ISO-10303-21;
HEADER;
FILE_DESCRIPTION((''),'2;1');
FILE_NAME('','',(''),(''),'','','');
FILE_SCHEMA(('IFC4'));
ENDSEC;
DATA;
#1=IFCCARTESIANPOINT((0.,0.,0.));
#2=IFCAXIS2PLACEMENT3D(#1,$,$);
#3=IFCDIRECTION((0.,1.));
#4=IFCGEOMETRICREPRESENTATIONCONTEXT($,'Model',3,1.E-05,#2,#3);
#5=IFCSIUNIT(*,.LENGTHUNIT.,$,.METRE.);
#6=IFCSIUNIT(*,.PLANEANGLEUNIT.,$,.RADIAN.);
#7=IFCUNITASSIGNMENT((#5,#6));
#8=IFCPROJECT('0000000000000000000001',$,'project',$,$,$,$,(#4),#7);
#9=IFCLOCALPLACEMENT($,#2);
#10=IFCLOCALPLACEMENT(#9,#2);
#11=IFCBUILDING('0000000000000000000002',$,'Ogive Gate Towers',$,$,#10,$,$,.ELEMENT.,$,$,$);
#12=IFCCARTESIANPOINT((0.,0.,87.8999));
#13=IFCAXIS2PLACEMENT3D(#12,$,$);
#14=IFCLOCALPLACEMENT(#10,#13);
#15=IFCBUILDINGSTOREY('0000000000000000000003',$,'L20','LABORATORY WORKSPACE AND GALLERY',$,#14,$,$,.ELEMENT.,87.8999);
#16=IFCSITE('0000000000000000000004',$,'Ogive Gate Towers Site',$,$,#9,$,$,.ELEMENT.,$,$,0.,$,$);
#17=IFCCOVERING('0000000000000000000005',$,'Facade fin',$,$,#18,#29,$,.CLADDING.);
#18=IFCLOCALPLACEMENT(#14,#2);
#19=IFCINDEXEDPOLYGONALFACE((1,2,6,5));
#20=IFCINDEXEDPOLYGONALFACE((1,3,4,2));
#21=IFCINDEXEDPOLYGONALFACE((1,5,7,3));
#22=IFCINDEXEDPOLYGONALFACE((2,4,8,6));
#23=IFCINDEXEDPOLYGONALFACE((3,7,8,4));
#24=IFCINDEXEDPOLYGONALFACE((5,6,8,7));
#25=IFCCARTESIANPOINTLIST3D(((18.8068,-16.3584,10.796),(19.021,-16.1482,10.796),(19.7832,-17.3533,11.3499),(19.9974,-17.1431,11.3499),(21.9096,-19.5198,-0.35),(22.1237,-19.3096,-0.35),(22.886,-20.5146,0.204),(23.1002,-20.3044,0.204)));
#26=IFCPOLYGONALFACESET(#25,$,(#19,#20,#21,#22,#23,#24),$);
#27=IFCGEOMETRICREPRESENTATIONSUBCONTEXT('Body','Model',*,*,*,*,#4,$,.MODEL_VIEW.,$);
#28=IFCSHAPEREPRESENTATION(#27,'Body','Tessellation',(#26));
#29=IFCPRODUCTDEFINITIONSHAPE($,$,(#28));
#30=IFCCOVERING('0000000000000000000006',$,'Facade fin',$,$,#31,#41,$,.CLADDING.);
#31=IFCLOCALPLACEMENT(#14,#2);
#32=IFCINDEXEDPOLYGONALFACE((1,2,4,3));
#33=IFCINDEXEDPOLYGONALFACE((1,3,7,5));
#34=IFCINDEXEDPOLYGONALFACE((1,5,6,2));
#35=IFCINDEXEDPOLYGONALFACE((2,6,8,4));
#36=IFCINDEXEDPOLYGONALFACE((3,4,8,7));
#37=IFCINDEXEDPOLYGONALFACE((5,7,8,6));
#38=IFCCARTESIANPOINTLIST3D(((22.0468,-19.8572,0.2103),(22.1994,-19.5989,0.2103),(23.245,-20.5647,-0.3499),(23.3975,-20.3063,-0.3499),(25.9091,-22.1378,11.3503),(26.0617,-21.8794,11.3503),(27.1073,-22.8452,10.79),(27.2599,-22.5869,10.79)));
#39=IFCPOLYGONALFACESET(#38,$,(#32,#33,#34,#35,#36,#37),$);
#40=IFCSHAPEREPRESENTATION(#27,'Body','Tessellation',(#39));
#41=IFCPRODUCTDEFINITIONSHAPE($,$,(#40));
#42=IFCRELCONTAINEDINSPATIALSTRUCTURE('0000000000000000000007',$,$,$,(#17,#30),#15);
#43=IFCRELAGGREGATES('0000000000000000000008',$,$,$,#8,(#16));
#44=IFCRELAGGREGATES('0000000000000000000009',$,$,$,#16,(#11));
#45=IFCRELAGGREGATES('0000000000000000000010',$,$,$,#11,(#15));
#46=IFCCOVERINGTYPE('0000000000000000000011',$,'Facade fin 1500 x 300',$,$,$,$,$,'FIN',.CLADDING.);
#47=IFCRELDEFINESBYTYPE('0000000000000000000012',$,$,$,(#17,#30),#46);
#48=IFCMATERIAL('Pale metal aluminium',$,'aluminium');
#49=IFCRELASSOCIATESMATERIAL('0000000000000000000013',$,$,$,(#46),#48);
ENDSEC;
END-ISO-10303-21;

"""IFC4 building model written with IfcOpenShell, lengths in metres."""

from ifc_helpers import new_model, si_unit, direction, frame, origin, origin_2d, place, context, subcontext, project, spatial, rectangle, extrude, material, material_profile, profile_set, type_object, element, save


model = new_model("IFC4")

# Units and contexts
model_context = context("Model", 3, precision=1e-05, world=origin(), true_north=direction((0.0, 1.0)))
body_context = subcontext(model_context, "Body", "Model", "MODEL_VIEW")
ifc_project = project(units=[si_unit("LENGTHUNIT", "METRE"), si_unit("PLANEANGLEUNIT", "RADIAN")], contexts=[model_context])

# Site, building, storey
site_placement = place(None, origin())
site = spatial("IfcSite", under=ifc_project, at=site_placement, Name="Ogive Gate Towers Site", CompositionType="ELEMENT", RefElevation=0.0)
building_placement = place(site_placement, origin())
building = spatial("IfcBuilding", under=site, at=building_placement, Name="Ogive Gate Towers", CompositionType="ELEMENT")
storey_placement = place(building_placement, frame((0.0, 0.0, 87.8999)))
storey = spatial("IfcBuildingStorey", under=building, at=storey_placement, Name="L20", Description="LABORATORY WORKSPACE AND GALLERY", CompositionType="ELEMENT", Elevation=87.8999)

# Shared definitions
ifc_material_1 = material(Name="Pale metal aluminium", Category="aluminium")

# Coverings
ifc_material_profile_1 = material_profile(ifc_material_1, rectangle(XDim=0.3, YDim=1.5, at=origin_2d()), Name="1500 x 300 pale metal aluminium")
ifc_profile_set_1 = profile_set([ifc_material_profile_1], Name="Pale metal aluminium")
covering_type = type_object("IfcCoveringType", Name="Facade fin 1500 x 300", ElementType="FIN", PredefinedType="CLADDING", material=ifc_profile_set_1)
covering_1_placement = place(storey_placement, frame((22.5049, -19.9121, -0.073), z_axis=(-0.258696, 0.263581, 0.929302), x_axis=(-0.71369, -0.700462, 0.0)))
element("IfcCovering", 1, at=covering_1_placement, inside=storey, type_object=covering_type, Name="Facade fin", PredefinedType="CLADDING", context=body_context, shape_type="SweptSolid", body=[
    extrude(rectangle(XDim=0.3, YDim=1.5, at=origin_2d()), origin(), (0.0, 0.0, 1.0), 11.9939),
])
covering_2_placement = place(storey_placement, frame((22.7222, -20.0818, -0.0698), z_axis=(0.321618, -0.189901, 0.927631), x_axis=(0.50844, 0.861098, 0.0)))
element("IfcCovering", 2, at=covering_2_placement, inside=storey, type_object=covering_type, Name="Facade fin", PredefinedType="CLADDING", context=body_context, shape_type="SweptSolid", body=[
    extrude(rectangle(XDim=0.3, YDim=1.5, at=origin_2d()), origin(), (0.0, 0.0, 1.0), 12.009),
])

save(model, "model.ifc")
